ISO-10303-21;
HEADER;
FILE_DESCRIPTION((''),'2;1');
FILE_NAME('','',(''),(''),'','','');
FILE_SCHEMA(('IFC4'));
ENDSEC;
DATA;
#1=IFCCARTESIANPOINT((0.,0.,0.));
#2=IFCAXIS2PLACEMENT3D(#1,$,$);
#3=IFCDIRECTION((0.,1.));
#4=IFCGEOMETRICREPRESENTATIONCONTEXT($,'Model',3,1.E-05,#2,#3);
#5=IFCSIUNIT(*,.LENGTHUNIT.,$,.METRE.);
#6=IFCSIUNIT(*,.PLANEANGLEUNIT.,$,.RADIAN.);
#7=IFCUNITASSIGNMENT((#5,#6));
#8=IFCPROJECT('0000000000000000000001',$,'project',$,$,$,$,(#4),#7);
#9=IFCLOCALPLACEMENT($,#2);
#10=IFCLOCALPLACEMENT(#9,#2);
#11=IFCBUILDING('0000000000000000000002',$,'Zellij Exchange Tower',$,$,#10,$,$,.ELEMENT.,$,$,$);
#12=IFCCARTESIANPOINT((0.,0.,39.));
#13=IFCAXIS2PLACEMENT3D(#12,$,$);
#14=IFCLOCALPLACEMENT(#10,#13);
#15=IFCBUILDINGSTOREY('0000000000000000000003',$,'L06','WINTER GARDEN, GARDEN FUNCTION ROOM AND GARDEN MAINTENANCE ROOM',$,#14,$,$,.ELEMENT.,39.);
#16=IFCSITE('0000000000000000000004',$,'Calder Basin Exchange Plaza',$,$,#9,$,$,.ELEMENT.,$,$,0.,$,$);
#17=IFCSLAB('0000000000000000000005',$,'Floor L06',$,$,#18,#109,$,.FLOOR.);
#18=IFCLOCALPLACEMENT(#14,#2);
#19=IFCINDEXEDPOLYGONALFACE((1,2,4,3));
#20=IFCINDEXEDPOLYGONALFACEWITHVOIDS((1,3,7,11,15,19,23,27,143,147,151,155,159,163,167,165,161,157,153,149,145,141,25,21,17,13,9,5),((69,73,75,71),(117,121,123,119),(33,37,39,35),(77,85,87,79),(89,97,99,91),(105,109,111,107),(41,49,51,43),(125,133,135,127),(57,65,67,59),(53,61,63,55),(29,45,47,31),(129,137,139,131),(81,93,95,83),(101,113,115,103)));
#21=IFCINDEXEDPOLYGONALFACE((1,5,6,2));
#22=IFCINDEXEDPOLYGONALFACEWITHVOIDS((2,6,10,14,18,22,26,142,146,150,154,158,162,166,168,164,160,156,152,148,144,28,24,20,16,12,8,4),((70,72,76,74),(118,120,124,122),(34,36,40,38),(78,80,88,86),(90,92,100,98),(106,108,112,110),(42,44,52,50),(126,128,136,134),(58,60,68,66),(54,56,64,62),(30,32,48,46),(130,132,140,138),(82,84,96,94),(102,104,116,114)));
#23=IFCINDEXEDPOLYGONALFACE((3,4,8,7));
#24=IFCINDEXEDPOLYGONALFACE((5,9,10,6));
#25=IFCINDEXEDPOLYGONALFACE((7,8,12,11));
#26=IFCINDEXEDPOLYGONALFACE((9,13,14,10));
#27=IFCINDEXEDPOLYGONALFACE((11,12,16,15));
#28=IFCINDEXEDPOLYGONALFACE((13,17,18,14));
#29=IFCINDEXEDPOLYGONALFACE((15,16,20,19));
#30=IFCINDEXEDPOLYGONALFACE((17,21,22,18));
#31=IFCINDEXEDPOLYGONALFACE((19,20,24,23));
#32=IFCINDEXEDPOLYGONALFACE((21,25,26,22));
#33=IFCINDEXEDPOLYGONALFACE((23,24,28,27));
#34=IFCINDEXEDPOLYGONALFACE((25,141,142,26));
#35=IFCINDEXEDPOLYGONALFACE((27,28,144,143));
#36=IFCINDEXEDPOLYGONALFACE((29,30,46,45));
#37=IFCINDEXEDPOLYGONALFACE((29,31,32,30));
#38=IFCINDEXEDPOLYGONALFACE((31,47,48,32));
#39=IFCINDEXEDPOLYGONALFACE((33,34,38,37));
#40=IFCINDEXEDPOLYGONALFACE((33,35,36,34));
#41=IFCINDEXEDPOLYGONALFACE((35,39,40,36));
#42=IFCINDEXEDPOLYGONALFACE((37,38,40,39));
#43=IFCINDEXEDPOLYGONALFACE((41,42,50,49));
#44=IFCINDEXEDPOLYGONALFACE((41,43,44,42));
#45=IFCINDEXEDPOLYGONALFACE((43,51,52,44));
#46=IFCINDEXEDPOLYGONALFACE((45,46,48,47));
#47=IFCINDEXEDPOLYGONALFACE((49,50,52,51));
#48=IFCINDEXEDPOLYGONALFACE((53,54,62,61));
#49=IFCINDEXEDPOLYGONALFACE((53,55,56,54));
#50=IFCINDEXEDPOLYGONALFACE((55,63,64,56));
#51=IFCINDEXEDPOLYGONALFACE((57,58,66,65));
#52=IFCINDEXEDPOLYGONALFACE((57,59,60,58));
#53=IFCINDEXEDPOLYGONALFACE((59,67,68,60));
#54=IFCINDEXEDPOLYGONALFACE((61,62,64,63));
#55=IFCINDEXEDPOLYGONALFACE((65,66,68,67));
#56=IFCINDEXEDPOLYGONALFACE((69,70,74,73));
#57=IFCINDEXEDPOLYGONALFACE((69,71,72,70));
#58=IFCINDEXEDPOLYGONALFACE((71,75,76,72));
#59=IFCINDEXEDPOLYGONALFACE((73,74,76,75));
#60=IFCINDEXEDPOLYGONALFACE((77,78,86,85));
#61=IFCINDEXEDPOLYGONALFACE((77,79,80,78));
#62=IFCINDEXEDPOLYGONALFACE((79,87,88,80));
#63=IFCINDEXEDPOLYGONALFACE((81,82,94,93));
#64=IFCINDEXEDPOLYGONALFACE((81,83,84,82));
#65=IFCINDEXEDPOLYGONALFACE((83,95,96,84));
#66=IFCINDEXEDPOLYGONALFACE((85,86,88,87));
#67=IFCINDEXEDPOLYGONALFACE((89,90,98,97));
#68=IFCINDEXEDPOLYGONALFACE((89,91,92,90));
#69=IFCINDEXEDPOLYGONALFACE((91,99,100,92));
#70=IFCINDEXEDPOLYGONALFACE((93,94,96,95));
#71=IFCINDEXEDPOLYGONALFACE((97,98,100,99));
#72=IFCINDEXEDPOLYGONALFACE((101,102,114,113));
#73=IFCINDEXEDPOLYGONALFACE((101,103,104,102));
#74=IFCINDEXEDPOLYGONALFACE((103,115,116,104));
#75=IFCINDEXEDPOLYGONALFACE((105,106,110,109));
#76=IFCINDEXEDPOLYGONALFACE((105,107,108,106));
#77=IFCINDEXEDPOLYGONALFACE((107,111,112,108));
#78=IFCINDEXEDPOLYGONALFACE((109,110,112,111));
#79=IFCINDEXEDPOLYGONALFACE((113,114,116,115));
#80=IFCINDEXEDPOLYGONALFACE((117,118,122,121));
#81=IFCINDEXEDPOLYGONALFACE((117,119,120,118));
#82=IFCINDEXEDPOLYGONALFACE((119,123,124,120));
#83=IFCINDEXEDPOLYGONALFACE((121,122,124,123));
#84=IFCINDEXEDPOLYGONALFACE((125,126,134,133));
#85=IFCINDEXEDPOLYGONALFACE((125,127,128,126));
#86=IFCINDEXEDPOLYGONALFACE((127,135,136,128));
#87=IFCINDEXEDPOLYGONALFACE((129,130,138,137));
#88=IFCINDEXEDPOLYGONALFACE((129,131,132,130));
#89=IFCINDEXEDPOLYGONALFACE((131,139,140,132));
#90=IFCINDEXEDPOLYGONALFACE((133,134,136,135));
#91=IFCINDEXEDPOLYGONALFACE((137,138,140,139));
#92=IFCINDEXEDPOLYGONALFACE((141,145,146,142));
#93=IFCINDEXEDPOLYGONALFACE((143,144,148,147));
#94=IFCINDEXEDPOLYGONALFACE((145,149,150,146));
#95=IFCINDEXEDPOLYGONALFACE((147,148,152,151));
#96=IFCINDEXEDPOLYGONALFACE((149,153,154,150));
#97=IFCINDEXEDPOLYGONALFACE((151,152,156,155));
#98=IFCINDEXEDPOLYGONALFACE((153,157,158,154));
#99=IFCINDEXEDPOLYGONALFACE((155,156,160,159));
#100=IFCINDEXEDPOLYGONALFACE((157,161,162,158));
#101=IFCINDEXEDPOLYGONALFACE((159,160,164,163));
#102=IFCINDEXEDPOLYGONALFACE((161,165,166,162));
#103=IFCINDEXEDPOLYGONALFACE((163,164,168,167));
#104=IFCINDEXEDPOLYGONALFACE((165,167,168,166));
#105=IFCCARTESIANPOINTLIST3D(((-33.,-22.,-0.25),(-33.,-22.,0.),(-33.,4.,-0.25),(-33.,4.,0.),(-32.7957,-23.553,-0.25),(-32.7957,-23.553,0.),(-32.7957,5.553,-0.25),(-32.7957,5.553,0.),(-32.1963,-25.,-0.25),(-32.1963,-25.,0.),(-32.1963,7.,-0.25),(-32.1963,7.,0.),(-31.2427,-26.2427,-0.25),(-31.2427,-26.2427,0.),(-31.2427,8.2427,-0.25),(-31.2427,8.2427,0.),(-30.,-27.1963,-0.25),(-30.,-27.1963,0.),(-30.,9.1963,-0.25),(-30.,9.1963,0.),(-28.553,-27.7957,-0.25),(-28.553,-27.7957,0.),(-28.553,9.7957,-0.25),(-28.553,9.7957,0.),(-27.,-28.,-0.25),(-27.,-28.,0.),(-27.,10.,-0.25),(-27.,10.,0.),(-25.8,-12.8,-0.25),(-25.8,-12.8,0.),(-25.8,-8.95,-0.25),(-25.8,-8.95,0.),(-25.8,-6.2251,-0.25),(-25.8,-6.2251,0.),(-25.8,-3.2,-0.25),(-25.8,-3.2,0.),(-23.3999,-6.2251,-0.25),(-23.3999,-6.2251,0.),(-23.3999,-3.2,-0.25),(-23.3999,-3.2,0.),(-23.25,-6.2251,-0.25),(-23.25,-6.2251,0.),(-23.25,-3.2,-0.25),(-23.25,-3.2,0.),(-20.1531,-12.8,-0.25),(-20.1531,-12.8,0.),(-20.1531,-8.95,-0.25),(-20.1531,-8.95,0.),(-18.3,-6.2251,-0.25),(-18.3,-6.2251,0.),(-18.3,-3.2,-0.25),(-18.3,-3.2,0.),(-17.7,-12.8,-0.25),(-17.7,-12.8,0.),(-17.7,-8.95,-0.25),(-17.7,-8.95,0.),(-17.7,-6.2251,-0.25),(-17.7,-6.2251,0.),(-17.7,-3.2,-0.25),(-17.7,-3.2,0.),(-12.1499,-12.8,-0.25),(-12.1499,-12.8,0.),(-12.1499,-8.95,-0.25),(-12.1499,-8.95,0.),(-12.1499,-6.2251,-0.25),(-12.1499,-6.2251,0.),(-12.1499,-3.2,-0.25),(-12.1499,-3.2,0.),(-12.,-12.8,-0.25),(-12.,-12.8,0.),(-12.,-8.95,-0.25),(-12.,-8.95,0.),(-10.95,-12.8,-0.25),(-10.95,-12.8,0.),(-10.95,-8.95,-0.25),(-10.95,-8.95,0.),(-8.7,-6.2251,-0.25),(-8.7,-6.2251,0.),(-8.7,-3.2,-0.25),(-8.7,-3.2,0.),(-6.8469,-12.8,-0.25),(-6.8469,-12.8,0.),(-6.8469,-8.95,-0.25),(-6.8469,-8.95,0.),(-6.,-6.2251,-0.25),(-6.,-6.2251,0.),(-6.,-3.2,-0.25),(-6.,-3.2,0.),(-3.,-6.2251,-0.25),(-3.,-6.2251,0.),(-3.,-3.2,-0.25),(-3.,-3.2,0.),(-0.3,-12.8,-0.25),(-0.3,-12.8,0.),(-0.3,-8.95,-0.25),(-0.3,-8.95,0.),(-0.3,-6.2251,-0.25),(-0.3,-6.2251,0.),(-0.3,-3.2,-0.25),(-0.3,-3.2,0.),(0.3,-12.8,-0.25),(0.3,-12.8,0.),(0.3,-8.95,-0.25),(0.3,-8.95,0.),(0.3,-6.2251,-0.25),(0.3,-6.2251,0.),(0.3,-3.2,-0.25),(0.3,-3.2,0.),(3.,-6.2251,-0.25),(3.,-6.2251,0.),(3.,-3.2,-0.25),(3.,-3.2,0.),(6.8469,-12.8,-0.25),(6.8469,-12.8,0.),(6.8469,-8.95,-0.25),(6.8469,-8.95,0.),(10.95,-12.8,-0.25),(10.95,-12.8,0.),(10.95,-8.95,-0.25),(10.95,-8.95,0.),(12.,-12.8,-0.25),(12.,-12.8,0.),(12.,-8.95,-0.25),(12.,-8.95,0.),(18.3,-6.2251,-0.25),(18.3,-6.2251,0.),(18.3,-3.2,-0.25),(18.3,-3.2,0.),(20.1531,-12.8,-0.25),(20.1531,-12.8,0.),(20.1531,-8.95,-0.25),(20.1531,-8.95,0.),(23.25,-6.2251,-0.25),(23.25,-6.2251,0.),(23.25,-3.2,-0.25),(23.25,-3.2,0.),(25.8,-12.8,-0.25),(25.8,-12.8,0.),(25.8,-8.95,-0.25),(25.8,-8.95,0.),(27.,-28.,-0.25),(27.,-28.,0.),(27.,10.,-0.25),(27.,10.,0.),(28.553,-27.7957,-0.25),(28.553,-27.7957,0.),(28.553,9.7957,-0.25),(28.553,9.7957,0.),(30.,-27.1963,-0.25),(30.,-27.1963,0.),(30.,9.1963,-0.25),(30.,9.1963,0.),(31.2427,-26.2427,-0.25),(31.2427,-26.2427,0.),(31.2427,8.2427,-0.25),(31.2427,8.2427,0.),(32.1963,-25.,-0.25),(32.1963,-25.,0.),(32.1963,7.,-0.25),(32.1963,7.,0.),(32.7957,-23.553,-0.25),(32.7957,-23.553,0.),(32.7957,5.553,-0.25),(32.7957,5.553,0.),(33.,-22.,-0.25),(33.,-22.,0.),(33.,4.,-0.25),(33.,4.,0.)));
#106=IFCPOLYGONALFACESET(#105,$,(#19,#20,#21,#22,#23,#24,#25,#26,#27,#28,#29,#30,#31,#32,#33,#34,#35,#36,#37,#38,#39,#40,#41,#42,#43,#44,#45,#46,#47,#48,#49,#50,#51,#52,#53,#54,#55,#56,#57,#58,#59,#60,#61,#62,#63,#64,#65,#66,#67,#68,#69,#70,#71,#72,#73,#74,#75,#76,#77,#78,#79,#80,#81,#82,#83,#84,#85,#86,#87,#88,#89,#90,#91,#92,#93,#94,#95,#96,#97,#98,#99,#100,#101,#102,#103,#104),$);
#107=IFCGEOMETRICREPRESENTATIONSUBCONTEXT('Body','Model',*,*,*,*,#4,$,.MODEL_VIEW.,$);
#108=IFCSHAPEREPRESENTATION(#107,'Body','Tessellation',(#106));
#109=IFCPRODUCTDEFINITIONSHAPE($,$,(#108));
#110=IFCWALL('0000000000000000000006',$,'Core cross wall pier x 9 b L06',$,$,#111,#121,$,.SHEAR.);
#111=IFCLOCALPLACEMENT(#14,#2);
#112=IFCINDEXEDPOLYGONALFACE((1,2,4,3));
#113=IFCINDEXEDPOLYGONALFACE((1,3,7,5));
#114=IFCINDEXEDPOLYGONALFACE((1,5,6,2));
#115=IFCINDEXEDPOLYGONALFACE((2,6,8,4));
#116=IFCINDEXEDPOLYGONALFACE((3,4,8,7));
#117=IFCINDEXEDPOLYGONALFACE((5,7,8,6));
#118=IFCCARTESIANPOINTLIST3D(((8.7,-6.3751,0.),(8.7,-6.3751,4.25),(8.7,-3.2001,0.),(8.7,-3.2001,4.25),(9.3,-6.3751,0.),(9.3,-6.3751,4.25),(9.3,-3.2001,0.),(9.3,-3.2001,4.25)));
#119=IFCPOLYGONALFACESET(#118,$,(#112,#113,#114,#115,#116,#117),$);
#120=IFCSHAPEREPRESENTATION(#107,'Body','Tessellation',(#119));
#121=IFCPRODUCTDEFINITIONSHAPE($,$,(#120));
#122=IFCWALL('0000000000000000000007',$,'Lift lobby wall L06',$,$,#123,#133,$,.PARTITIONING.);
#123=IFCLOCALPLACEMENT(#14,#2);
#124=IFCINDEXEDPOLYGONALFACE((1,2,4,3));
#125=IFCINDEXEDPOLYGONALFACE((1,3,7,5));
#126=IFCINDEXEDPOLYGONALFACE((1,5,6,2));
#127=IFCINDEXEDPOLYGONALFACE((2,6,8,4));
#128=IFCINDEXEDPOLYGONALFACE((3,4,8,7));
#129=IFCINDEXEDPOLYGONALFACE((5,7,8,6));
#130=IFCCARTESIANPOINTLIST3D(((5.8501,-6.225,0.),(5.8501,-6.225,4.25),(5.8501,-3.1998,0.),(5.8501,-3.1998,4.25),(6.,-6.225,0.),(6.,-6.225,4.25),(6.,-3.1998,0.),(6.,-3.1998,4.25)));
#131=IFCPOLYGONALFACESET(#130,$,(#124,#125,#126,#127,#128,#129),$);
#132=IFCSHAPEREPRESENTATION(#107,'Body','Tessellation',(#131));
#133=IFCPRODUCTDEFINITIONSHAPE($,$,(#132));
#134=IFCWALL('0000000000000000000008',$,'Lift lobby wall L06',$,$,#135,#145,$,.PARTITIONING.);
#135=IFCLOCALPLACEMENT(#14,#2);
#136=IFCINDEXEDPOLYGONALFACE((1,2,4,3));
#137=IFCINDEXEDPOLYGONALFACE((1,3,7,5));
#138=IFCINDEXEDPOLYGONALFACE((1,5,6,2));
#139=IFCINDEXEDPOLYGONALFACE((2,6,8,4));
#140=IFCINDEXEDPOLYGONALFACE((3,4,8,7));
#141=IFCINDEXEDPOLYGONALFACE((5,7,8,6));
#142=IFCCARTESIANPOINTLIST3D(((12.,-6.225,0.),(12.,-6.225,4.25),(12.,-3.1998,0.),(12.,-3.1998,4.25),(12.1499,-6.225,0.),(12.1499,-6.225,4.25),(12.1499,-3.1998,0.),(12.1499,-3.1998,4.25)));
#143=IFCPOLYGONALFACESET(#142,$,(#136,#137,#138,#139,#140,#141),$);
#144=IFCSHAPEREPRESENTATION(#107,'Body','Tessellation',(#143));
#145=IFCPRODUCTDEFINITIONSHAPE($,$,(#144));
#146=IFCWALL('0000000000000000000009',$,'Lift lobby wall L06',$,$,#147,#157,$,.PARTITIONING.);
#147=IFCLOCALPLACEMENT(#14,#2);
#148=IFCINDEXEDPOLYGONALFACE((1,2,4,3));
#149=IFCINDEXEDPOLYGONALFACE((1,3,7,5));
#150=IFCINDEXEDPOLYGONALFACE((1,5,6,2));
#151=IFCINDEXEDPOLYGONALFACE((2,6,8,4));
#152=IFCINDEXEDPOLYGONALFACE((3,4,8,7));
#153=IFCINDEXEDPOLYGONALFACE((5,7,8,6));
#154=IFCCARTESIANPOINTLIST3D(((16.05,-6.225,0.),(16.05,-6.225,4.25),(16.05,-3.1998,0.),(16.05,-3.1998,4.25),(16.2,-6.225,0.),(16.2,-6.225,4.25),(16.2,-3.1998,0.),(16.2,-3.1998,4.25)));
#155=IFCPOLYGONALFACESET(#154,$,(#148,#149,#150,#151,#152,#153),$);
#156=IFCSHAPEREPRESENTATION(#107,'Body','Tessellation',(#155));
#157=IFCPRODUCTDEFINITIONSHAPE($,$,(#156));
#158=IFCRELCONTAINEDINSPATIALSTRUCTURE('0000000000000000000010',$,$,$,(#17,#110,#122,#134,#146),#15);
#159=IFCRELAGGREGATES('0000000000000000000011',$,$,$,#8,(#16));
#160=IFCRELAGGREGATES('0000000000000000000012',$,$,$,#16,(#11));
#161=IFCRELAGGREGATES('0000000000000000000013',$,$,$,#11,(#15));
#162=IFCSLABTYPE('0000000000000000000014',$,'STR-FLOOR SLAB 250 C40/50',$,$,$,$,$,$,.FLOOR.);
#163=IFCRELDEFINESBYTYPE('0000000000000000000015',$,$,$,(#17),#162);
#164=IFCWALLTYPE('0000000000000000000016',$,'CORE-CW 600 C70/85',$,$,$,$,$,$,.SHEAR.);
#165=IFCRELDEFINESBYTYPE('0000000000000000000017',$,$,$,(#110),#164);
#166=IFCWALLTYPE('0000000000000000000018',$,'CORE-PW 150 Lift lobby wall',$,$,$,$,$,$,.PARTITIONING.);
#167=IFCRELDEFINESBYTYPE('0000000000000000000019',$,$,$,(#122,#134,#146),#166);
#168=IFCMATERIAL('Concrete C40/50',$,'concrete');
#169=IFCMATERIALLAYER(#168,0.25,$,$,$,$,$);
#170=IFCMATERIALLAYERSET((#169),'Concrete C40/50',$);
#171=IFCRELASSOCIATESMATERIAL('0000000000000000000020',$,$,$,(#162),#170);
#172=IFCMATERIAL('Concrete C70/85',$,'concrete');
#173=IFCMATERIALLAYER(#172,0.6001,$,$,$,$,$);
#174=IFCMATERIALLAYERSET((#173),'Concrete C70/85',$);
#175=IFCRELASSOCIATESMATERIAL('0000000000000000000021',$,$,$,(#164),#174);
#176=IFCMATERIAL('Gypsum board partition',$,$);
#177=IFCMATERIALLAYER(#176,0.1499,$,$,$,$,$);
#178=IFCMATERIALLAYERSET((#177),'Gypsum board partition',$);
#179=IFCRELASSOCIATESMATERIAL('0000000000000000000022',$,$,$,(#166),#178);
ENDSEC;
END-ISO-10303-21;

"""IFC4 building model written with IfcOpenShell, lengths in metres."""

from ifc_helpers import new_model, si_unit, direction, frame, frame_2d, origin, place, context, subcontext, project, spatial, polyline, rectangle, outline, extrude, material, layer, layer_set, type_object, element, save


model = new_model("IFC4")

# Units and contexts
model_context = context("Model", 3, precision=1e-05, world=origin(), true_north=direction((0.0, 1.0)))
body_context = subcontext(model_context, "Body", "Model", "MODEL_VIEW")
ifc_project = project(units=[si_unit("LENGTHUNIT", "METRE"), si_unit("PLANEANGLEUNIT", "RADIAN")], contexts=[model_context])

# Site, building, storey
site_placement = place(None, origin())
site = spatial("IfcSite", under=ifc_project, at=site_placement, Name="Calder Basin Exchange Plaza", CompositionType="ELEMENT", RefElevation=0.0)
building_placement = place(site_placement, origin())
building = spatial("IfcBuilding", under=site, at=building_placement, Name="Zellij Exchange Tower", CompositionType="ELEMENT")
storey_placement = place(building_placement, frame((0.0, 0.0, 39.0)))
storey = spatial("IfcBuildingStorey", under=building, at=storey_placement, Name="L06", Description="WINTER GARDEN, GARDEN FUNCTION ROOM AND GARDEN MAINTENANCE ROOM", CompositionType="ELEMENT", Elevation=39.0)

# Shared definitions
ifc_material_1 = material(Name="Concrete C40/50", Category="concrete")

# Slab
ifc_layer_1 = layer(ifc_material_1, 0.25)
ifc_layer_set_1 = layer_set([ifc_layer_1], Name="Concrete C40/50")
slab_type_1 = type_object("IfcSlabType", Name="STR-FLOOR SLAB 250 C40/50", PredefinedType="FLOOR", material=ifc_layer_set_1)
slab_1_placement = place(storey_placement, frame((0.0, 0.0, -0.25)))
element("IfcSlab", 1, at=slab_1_placement, inside=storey, type_object=slab_type_1, Name="Floor L06", PredefinedType="FLOOR", context=body_context, shape_type="SweptSolid", body=[
    extrude(outline(polyline([(-27.0, -28.0), (-28.553, -27.7957), (-30.0, -27.1963), (-31.2427, -26.2427), (-32.1963, -25.0), (-32.7957, -23.553), (-33.0, -22.0), (-33.0, 4.0), (-32.7957, 5.553), (-32.1963, 7.0), (-31.2427, 8.2427), (-30.0, 9.1963), (-28.553, 9.7957), (-27.0, 10.0), (27.0, 10.0), (28.553, 9.7957), (30.0, 9.1963), (31.2427, 8.2427), (32.1963, 7.0), (32.7957, 5.553), (33.0, 4.0), (33.0, -22.0), (32.7957, -23.553), (32.1963, -25.0), (31.2427, -26.2427), (30.0, -27.1963), (28.553, -27.7957), (27.0, -28.0), (-27.0, -28.0)]), holes=[polyline([(-25.8, -8.95), (-25.8, -12.8), (-20.1531, -12.8), (-20.1531, -8.95), (-25.8, -8.95)]), polyline([(-12.1499, -8.95), (-17.7, -8.95), (-17.7, -12.8), (-12.1499, -12.8), (-12.1499, -8.95)]), polyline([(-10.95, -8.95), (-12.0, -8.95), (-12.0, -12.8), (-10.95, -12.8), (-10.95, -8.95)]), polyline([(-23.3999, -3.2), (-25.8, -3.2), (-25.8, -6.2251), (-23.3999, -6.2251), (-23.3999, -3.2)]), polyline([(-18.3, -3.2), (-23.25, -3.2), (-23.25, -6.2251), (-18.3, -6.2251), (-18.3, -3.2)]), polyline([(-12.1499, -3.2), (-17.7, -3.2), (-17.7, -6.2251), (-12.1499, -6.2251), (-12.1499, -3.2)]), polyline([(-6.0, -3.2), (-8.7, -3.2), (-8.7, -6.2251), (-6.0, -6.2251), (-6.0, -3.2)]), polyline([(-6.8469, -8.95), (-6.8469, -12.8), (-0.3, -12.8), (-0.3, -8.95), (-6.8469, -8.95)]), polyline([(6.8469, -8.95), (0.3, -8.95), (0.3, -12.8), (6.8469, -12.8), (6.8469, -8.95)]), polyline([(12.0, -8.95), (10.95, -8.95), (10.95, -12.8), (12.0, -12.8), (12.0, -8.95)]), polyline([(25.8, -8.95), (20.1531, -8.95), (20.1531, -12.8), (25.8, -12.8), (25.8, -8.95)]), polyline([(-0.3, -3.2), (-3.0, -3.2), (-3.0, -6.2251), (-0.3, -6.2251), (-0.3, -3.2)]), polyline([(3.0, -3.2), (0.3, -3.2), (0.3, -6.2251), (3.0, -6.2251), (3.0, -3.2)]), polyline([(23.25, -3.2), (18.3, -3.2), (18.3, -6.2251), (23.25, -6.2251), (23.25, -3.2)])]), origin(), (0.0, 0.0, 1.0), 0.25),
])

# Walls
ifc_material_2 = material(Name="Concrete C70/85", Category="concrete")
ifc_layer_2 = layer(ifc_material_2, 0.6001)
ifc_layer_set_2 = layer_set([ifc_layer_2], Name="Concrete C70/85")
wall_type_1 = type_object("IfcWallType", Name="CORE-CW 600 C70/85", PredefinedType="SHEAR", material=ifc_layer_set_2)
wall_1_placement = place(storey_placement, frame((9.0, -6.375, 0.0), z_axis=(0.0, 0.0, 1.0), x_axis=(0.0, 1.0, 0.0)))
element("IfcWall", 2, at=wall_1_placement, inside=storey, type_object=wall_type_1, Name="Core cross wall pier x 9 b L06", PredefinedType="SHEAR", context=body_context, shape_type="SweptSolid", body=[
    extrude(rectangle(XDim=3.175, YDim=0.6001, at=frame_2d((1.5874, 0.0))), origin(), (0.0, 0.0, 1.0), 4.25),
])
ifc_material_3 = material(Name="Gypsum board partition")
ifc_layer_3 = layer(ifc_material_3, 0.1499)
ifc_layer_set_3 = layer_set([ifc_layer_3], Name="Gypsum board partition")
wall_type_2 = type_object("IfcWallType", Name="CORE-PW 150 Lift lobby wall", PredefinedType="PARTITIONING", material=ifc_layer_set_3)
for number, where, z_axis, x_axis, name in (
    (3, (5.925, -6.2251, 0.0), (0.0, 0.0, 1.0), (0.0, 1.0, 0.0), "Lift lobby wall L06"),
    (4, (12.075, -6.2251, 0.0), (0.0, 0.0, 1.0), (0.0, 1.0, 0.0), "Lift lobby wall L06"),
    (5, (16.125, -6.2251, 0.0), (0.0, 0.0, 1.0), (0.0, 1.0, 0.0), "Lift lobby wall L06"),
):
    element("IfcWall", number, at=place(storey_placement, frame(where, z_axis=z_axis, x_axis=x_axis)), inside=storey, type_object=wall_type_2, Name=name, PredefinedType="PARTITIONING", context=body_context, shape_type="SweptSolid", body=[
        extrude(rectangle(XDim=3.0251, YDim=0.1499, at=frame_2d((1.5127, 0.0))), origin(), (0.0, 0.0, 1.0), 4.25),
    ])

save(model, "model.ifc")
